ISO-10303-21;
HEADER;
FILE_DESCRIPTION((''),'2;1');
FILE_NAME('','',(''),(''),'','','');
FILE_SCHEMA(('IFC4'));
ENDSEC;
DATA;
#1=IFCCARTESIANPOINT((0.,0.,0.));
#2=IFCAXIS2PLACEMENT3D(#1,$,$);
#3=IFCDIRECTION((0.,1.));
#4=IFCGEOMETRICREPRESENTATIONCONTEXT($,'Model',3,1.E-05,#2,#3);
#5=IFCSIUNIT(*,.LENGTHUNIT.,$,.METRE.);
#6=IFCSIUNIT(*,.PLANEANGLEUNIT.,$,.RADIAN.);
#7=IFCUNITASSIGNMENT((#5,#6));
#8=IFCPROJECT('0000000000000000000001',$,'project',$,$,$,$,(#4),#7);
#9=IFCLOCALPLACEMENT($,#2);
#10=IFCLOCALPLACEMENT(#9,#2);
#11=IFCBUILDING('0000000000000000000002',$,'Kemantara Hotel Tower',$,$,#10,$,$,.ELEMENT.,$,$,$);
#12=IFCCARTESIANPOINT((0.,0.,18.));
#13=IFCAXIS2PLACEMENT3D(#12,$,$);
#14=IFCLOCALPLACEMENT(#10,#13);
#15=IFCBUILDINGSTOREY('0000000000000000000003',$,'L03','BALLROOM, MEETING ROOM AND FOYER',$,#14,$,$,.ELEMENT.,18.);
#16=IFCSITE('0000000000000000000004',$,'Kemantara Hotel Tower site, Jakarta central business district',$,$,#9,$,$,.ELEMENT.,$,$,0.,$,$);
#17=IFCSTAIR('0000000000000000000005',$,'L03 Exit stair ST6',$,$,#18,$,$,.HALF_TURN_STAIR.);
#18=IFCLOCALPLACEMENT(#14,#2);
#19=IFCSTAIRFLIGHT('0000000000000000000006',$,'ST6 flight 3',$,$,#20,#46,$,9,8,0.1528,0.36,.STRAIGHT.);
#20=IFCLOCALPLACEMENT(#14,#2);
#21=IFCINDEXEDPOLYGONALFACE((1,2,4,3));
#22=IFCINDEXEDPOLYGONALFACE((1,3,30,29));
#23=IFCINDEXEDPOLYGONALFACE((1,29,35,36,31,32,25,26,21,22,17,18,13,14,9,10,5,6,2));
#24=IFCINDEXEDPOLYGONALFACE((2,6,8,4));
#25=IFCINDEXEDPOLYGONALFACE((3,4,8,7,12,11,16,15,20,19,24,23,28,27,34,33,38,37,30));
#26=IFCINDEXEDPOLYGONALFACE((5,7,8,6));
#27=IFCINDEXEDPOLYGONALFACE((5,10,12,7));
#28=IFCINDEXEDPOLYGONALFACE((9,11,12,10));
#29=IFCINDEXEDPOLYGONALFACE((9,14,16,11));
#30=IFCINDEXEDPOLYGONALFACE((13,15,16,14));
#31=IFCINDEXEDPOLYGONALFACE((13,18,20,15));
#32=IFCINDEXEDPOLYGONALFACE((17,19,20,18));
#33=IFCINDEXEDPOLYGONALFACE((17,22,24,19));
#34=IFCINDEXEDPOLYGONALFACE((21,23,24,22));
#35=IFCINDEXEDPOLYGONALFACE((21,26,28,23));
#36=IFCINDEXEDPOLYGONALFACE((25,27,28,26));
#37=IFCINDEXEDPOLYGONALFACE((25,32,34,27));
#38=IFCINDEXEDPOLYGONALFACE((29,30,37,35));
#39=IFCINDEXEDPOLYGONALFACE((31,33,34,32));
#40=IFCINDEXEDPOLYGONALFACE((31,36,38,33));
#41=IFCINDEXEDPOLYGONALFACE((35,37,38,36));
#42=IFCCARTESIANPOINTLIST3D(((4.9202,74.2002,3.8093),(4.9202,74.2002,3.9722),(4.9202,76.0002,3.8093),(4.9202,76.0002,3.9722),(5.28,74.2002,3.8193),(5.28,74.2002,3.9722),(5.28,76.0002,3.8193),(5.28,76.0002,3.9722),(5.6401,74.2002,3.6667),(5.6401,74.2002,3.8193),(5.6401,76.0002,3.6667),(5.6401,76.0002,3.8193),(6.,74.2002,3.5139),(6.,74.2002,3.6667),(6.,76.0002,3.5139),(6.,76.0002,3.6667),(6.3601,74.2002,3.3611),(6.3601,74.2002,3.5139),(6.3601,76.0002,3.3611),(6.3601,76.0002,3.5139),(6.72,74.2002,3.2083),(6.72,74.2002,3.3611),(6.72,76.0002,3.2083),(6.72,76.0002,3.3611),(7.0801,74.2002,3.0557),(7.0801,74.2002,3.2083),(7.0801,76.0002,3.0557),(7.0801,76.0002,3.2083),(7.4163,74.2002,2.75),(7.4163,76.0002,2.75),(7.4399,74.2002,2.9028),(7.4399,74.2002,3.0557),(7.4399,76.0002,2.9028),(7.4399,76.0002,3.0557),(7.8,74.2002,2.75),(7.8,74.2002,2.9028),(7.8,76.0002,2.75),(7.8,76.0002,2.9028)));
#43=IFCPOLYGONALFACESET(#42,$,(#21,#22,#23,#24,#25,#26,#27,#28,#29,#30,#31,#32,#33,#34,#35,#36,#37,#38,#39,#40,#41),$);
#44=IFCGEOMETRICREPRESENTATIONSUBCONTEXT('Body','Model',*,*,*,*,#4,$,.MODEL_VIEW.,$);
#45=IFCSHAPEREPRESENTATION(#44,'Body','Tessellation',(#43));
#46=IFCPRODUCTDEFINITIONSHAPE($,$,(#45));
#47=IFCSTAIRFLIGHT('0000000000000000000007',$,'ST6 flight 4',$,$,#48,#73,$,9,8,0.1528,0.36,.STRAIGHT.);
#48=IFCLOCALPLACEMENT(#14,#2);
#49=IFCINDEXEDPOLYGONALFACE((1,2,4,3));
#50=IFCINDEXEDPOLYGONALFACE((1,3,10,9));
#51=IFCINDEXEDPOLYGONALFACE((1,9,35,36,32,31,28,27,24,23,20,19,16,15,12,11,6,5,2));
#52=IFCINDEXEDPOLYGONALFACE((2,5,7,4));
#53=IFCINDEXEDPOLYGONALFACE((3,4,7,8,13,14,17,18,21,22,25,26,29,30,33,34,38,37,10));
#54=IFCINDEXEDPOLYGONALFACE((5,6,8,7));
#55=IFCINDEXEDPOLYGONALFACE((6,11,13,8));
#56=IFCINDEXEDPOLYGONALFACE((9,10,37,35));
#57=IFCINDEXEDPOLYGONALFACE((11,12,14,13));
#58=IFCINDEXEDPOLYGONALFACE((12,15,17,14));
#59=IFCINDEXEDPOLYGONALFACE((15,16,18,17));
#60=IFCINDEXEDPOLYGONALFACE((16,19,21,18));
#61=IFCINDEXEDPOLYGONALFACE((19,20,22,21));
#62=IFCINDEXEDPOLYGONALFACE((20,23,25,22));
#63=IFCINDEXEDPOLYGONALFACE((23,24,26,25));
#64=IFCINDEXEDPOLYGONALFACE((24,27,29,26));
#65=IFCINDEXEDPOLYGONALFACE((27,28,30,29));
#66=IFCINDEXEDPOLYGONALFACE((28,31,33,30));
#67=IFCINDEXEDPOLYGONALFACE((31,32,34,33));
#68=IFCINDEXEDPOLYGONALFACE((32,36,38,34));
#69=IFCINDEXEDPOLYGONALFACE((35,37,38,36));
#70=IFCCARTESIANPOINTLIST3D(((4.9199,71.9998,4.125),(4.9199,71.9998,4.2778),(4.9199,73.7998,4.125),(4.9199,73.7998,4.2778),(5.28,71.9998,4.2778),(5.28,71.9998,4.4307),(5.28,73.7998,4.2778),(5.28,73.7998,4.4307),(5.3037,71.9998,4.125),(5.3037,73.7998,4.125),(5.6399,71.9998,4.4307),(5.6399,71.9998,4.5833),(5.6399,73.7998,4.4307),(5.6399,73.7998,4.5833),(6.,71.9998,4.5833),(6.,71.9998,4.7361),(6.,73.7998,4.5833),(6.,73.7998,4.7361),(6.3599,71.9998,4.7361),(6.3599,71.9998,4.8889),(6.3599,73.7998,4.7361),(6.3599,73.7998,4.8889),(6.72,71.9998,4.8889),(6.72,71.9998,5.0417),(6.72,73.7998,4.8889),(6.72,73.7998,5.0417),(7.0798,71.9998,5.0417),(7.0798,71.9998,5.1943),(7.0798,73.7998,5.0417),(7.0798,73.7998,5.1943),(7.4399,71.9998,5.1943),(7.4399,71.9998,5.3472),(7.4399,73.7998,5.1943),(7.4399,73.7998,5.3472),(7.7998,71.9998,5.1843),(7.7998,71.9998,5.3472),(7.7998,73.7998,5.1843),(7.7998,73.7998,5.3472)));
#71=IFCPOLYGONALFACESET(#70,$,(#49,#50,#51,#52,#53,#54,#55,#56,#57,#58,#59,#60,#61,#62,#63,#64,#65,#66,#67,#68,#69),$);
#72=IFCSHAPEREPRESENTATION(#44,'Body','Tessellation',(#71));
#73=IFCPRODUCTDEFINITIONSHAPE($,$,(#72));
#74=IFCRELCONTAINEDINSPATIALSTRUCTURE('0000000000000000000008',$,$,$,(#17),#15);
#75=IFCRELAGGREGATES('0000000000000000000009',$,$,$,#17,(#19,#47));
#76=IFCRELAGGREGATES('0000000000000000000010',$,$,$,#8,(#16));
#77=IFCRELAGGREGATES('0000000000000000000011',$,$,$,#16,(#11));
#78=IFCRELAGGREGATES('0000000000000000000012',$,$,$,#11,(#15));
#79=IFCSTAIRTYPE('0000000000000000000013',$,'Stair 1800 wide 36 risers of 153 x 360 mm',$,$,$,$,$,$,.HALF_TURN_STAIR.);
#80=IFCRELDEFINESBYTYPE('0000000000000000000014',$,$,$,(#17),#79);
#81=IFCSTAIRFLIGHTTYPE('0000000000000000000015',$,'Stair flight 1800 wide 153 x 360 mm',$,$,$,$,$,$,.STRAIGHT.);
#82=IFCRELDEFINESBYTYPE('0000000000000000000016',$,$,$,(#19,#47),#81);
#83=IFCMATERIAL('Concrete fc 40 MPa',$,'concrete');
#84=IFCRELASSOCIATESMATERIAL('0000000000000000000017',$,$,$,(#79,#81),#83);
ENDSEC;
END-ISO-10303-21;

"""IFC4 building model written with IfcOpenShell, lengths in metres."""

from ifc_helpers import new_model, si_unit, direction, frame, origin, place, context, subcontext, project, spatial, polyline, outline, extrude, material, type_object, element, aggregate, save


model = new_model("IFC4")

# Units and contexts
model_context = context("Model", 3, precision=1e-05, world=origin(), true_north=direction((0.0, 1.0)))
body_context = subcontext(model_context, "Body", "Model", "MODEL_VIEW")
ifc_project = project(units=[si_unit("LENGTHUNIT", "METRE"), si_unit("PLANEANGLEUNIT", "RADIAN")], contexts=[model_context])

# Site, building, storey
site_placement = place(None, origin())
site = spatial("IfcSite", under=ifc_project, at=site_placement, Name="Kemantara Hotel Tower site, Jakarta central business district", CompositionType="ELEMENT", RefElevation=0.0)
building_placement = place(site_placement, origin())
building = spatial("IfcBuilding", under=site, at=building_placement, Name="Kemantara Hotel Tower", CompositionType="ELEMENT")
storey_placement = place(building_placement, frame((0.0, 0.0, 18.0)))
storey = spatial("IfcBuildingStorey", under=building, at=storey_placement, Name="L03", Description="BALLROOM, MEETING ROOM AND FOYER", CompositionType="ELEMENT", Elevation=18.0)

# Shared definitions
ifc_material_1 = material(Name="Concrete fc 40 MPa", Category="concrete")

# Stair, stair flights
stair_type = type_object("IfcStairType", Name="Stair 1800 wide 36 risers of 153 x 360 mm", PredefinedType="HALF_TURN_STAIR", material=ifc_material_1)
stair_placement = place(storey_placement, origin())
stair = element("IfcStair", 1, at=stair_placement, inside=storey, type_object=stair_type, Name="L03 Exit stair ST6", PredefinedType="HALF_TURN_STAIR")
stair_flight_type = type_object("IfcStairFlightType", Name="Stair flight 1800 wide 153 x 360 mm", PredefinedType="STRAIGHT", material=ifc_material_1)
stair_flight_1_placement = place(storey_placement, frame((7.8, 75.1001, 2.75), z_axis=(0.0, 0.0, 1.0), x_axis=(-1.0, 0.0, 0.0)))
stair_flight_1 = element("IfcStairFlight", 2, at=stair_flight_1_placement, type_object=stair_flight_type, Name="ST6 flight 3", NumberOfRisers=9, NumberOfTreads=8, PredefinedType="STRAIGHT", RiserHeight=0.1528, TreadLength=0.36, context=body_context, shape_type="SweptSolid", body=[
    extrude(outline(polyline([(0.0, 0.0), (0.0, 0.1528), (0.3601, 0.1528), (0.3601, 0.3057), (0.72, 0.3057), (0.72, 0.4583), (1.0801, 0.4583), (1.0801, 0.6111), (1.4399, 0.6111), (1.4399, 0.7639), (1.8, 0.7639), (1.8, 0.9167), (2.1599, 0.9167), (2.1599, 1.0693), (2.52, 1.0693), (2.52, 1.2222), (2.8799, 1.2222), (2.8799, 1.375), (2.8799, 1.0593), (0.3838, 0.0), (0.0, 0.0)])), frame((0.0, 0.8999, 0.0), z_axis=(0.0, -1.0, 0.0), x_axis=(1.0, 0.0, 0.0)), (0.0, 0.0, 1.0), 1.8),
])
stair_flight_2_placement = place(storey_placement, frame((4.9199, 72.8999, 4.125), z_axis=(0.0, 0.0, 1.0), x_axis=(1.0, 0.0, 0.0)))
stair_flight_2 = element("IfcStairFlight", 3, at=stair_flight_2_placement, type_object=stair_flight_type, Name="ST6 flight 4", NumberOfRisers=9, NumberOfTreads=8, PredefinedType="STRAIGHT", RiserHeight=0.1528, TreadLength=0.36, context=body_context, shape_type="SweptSolid", body=[
    extrude(outline(polyline([(0.0, 0.0), (0.0, 0.1528), (0.3601, 0.1528), (0.3601, 0.3057), (0.72, 0.3057), (0.72, 0.4583), (1.0801, 0.4583), (1.0801, 0.6111), (1.4399, 0.6111), (1.4399, 0.7639), (1.8, 0.7639), (1.8, 0.9167), (2.1599, 0.9167), (2.1599, 1.0693), (2.52, 1.0693), (2.52, 1.2222), (2.8799, 1.2222), (2.8799, 1.375), (2.8799, 1.0593), (0.3838, 0.0), (0.0, 0.0)])), frame((0.0, 0.8999, 0.0), z_axis=(0.0, -1.0, 0.0), x_axis=(1.0, 0.0, 0.0)), (0.0, 0.0, 1.0), 1.8),
])
aggregate(stair, [stair_flight_1, stair_flight_2])

save(model, "model.ifc")
